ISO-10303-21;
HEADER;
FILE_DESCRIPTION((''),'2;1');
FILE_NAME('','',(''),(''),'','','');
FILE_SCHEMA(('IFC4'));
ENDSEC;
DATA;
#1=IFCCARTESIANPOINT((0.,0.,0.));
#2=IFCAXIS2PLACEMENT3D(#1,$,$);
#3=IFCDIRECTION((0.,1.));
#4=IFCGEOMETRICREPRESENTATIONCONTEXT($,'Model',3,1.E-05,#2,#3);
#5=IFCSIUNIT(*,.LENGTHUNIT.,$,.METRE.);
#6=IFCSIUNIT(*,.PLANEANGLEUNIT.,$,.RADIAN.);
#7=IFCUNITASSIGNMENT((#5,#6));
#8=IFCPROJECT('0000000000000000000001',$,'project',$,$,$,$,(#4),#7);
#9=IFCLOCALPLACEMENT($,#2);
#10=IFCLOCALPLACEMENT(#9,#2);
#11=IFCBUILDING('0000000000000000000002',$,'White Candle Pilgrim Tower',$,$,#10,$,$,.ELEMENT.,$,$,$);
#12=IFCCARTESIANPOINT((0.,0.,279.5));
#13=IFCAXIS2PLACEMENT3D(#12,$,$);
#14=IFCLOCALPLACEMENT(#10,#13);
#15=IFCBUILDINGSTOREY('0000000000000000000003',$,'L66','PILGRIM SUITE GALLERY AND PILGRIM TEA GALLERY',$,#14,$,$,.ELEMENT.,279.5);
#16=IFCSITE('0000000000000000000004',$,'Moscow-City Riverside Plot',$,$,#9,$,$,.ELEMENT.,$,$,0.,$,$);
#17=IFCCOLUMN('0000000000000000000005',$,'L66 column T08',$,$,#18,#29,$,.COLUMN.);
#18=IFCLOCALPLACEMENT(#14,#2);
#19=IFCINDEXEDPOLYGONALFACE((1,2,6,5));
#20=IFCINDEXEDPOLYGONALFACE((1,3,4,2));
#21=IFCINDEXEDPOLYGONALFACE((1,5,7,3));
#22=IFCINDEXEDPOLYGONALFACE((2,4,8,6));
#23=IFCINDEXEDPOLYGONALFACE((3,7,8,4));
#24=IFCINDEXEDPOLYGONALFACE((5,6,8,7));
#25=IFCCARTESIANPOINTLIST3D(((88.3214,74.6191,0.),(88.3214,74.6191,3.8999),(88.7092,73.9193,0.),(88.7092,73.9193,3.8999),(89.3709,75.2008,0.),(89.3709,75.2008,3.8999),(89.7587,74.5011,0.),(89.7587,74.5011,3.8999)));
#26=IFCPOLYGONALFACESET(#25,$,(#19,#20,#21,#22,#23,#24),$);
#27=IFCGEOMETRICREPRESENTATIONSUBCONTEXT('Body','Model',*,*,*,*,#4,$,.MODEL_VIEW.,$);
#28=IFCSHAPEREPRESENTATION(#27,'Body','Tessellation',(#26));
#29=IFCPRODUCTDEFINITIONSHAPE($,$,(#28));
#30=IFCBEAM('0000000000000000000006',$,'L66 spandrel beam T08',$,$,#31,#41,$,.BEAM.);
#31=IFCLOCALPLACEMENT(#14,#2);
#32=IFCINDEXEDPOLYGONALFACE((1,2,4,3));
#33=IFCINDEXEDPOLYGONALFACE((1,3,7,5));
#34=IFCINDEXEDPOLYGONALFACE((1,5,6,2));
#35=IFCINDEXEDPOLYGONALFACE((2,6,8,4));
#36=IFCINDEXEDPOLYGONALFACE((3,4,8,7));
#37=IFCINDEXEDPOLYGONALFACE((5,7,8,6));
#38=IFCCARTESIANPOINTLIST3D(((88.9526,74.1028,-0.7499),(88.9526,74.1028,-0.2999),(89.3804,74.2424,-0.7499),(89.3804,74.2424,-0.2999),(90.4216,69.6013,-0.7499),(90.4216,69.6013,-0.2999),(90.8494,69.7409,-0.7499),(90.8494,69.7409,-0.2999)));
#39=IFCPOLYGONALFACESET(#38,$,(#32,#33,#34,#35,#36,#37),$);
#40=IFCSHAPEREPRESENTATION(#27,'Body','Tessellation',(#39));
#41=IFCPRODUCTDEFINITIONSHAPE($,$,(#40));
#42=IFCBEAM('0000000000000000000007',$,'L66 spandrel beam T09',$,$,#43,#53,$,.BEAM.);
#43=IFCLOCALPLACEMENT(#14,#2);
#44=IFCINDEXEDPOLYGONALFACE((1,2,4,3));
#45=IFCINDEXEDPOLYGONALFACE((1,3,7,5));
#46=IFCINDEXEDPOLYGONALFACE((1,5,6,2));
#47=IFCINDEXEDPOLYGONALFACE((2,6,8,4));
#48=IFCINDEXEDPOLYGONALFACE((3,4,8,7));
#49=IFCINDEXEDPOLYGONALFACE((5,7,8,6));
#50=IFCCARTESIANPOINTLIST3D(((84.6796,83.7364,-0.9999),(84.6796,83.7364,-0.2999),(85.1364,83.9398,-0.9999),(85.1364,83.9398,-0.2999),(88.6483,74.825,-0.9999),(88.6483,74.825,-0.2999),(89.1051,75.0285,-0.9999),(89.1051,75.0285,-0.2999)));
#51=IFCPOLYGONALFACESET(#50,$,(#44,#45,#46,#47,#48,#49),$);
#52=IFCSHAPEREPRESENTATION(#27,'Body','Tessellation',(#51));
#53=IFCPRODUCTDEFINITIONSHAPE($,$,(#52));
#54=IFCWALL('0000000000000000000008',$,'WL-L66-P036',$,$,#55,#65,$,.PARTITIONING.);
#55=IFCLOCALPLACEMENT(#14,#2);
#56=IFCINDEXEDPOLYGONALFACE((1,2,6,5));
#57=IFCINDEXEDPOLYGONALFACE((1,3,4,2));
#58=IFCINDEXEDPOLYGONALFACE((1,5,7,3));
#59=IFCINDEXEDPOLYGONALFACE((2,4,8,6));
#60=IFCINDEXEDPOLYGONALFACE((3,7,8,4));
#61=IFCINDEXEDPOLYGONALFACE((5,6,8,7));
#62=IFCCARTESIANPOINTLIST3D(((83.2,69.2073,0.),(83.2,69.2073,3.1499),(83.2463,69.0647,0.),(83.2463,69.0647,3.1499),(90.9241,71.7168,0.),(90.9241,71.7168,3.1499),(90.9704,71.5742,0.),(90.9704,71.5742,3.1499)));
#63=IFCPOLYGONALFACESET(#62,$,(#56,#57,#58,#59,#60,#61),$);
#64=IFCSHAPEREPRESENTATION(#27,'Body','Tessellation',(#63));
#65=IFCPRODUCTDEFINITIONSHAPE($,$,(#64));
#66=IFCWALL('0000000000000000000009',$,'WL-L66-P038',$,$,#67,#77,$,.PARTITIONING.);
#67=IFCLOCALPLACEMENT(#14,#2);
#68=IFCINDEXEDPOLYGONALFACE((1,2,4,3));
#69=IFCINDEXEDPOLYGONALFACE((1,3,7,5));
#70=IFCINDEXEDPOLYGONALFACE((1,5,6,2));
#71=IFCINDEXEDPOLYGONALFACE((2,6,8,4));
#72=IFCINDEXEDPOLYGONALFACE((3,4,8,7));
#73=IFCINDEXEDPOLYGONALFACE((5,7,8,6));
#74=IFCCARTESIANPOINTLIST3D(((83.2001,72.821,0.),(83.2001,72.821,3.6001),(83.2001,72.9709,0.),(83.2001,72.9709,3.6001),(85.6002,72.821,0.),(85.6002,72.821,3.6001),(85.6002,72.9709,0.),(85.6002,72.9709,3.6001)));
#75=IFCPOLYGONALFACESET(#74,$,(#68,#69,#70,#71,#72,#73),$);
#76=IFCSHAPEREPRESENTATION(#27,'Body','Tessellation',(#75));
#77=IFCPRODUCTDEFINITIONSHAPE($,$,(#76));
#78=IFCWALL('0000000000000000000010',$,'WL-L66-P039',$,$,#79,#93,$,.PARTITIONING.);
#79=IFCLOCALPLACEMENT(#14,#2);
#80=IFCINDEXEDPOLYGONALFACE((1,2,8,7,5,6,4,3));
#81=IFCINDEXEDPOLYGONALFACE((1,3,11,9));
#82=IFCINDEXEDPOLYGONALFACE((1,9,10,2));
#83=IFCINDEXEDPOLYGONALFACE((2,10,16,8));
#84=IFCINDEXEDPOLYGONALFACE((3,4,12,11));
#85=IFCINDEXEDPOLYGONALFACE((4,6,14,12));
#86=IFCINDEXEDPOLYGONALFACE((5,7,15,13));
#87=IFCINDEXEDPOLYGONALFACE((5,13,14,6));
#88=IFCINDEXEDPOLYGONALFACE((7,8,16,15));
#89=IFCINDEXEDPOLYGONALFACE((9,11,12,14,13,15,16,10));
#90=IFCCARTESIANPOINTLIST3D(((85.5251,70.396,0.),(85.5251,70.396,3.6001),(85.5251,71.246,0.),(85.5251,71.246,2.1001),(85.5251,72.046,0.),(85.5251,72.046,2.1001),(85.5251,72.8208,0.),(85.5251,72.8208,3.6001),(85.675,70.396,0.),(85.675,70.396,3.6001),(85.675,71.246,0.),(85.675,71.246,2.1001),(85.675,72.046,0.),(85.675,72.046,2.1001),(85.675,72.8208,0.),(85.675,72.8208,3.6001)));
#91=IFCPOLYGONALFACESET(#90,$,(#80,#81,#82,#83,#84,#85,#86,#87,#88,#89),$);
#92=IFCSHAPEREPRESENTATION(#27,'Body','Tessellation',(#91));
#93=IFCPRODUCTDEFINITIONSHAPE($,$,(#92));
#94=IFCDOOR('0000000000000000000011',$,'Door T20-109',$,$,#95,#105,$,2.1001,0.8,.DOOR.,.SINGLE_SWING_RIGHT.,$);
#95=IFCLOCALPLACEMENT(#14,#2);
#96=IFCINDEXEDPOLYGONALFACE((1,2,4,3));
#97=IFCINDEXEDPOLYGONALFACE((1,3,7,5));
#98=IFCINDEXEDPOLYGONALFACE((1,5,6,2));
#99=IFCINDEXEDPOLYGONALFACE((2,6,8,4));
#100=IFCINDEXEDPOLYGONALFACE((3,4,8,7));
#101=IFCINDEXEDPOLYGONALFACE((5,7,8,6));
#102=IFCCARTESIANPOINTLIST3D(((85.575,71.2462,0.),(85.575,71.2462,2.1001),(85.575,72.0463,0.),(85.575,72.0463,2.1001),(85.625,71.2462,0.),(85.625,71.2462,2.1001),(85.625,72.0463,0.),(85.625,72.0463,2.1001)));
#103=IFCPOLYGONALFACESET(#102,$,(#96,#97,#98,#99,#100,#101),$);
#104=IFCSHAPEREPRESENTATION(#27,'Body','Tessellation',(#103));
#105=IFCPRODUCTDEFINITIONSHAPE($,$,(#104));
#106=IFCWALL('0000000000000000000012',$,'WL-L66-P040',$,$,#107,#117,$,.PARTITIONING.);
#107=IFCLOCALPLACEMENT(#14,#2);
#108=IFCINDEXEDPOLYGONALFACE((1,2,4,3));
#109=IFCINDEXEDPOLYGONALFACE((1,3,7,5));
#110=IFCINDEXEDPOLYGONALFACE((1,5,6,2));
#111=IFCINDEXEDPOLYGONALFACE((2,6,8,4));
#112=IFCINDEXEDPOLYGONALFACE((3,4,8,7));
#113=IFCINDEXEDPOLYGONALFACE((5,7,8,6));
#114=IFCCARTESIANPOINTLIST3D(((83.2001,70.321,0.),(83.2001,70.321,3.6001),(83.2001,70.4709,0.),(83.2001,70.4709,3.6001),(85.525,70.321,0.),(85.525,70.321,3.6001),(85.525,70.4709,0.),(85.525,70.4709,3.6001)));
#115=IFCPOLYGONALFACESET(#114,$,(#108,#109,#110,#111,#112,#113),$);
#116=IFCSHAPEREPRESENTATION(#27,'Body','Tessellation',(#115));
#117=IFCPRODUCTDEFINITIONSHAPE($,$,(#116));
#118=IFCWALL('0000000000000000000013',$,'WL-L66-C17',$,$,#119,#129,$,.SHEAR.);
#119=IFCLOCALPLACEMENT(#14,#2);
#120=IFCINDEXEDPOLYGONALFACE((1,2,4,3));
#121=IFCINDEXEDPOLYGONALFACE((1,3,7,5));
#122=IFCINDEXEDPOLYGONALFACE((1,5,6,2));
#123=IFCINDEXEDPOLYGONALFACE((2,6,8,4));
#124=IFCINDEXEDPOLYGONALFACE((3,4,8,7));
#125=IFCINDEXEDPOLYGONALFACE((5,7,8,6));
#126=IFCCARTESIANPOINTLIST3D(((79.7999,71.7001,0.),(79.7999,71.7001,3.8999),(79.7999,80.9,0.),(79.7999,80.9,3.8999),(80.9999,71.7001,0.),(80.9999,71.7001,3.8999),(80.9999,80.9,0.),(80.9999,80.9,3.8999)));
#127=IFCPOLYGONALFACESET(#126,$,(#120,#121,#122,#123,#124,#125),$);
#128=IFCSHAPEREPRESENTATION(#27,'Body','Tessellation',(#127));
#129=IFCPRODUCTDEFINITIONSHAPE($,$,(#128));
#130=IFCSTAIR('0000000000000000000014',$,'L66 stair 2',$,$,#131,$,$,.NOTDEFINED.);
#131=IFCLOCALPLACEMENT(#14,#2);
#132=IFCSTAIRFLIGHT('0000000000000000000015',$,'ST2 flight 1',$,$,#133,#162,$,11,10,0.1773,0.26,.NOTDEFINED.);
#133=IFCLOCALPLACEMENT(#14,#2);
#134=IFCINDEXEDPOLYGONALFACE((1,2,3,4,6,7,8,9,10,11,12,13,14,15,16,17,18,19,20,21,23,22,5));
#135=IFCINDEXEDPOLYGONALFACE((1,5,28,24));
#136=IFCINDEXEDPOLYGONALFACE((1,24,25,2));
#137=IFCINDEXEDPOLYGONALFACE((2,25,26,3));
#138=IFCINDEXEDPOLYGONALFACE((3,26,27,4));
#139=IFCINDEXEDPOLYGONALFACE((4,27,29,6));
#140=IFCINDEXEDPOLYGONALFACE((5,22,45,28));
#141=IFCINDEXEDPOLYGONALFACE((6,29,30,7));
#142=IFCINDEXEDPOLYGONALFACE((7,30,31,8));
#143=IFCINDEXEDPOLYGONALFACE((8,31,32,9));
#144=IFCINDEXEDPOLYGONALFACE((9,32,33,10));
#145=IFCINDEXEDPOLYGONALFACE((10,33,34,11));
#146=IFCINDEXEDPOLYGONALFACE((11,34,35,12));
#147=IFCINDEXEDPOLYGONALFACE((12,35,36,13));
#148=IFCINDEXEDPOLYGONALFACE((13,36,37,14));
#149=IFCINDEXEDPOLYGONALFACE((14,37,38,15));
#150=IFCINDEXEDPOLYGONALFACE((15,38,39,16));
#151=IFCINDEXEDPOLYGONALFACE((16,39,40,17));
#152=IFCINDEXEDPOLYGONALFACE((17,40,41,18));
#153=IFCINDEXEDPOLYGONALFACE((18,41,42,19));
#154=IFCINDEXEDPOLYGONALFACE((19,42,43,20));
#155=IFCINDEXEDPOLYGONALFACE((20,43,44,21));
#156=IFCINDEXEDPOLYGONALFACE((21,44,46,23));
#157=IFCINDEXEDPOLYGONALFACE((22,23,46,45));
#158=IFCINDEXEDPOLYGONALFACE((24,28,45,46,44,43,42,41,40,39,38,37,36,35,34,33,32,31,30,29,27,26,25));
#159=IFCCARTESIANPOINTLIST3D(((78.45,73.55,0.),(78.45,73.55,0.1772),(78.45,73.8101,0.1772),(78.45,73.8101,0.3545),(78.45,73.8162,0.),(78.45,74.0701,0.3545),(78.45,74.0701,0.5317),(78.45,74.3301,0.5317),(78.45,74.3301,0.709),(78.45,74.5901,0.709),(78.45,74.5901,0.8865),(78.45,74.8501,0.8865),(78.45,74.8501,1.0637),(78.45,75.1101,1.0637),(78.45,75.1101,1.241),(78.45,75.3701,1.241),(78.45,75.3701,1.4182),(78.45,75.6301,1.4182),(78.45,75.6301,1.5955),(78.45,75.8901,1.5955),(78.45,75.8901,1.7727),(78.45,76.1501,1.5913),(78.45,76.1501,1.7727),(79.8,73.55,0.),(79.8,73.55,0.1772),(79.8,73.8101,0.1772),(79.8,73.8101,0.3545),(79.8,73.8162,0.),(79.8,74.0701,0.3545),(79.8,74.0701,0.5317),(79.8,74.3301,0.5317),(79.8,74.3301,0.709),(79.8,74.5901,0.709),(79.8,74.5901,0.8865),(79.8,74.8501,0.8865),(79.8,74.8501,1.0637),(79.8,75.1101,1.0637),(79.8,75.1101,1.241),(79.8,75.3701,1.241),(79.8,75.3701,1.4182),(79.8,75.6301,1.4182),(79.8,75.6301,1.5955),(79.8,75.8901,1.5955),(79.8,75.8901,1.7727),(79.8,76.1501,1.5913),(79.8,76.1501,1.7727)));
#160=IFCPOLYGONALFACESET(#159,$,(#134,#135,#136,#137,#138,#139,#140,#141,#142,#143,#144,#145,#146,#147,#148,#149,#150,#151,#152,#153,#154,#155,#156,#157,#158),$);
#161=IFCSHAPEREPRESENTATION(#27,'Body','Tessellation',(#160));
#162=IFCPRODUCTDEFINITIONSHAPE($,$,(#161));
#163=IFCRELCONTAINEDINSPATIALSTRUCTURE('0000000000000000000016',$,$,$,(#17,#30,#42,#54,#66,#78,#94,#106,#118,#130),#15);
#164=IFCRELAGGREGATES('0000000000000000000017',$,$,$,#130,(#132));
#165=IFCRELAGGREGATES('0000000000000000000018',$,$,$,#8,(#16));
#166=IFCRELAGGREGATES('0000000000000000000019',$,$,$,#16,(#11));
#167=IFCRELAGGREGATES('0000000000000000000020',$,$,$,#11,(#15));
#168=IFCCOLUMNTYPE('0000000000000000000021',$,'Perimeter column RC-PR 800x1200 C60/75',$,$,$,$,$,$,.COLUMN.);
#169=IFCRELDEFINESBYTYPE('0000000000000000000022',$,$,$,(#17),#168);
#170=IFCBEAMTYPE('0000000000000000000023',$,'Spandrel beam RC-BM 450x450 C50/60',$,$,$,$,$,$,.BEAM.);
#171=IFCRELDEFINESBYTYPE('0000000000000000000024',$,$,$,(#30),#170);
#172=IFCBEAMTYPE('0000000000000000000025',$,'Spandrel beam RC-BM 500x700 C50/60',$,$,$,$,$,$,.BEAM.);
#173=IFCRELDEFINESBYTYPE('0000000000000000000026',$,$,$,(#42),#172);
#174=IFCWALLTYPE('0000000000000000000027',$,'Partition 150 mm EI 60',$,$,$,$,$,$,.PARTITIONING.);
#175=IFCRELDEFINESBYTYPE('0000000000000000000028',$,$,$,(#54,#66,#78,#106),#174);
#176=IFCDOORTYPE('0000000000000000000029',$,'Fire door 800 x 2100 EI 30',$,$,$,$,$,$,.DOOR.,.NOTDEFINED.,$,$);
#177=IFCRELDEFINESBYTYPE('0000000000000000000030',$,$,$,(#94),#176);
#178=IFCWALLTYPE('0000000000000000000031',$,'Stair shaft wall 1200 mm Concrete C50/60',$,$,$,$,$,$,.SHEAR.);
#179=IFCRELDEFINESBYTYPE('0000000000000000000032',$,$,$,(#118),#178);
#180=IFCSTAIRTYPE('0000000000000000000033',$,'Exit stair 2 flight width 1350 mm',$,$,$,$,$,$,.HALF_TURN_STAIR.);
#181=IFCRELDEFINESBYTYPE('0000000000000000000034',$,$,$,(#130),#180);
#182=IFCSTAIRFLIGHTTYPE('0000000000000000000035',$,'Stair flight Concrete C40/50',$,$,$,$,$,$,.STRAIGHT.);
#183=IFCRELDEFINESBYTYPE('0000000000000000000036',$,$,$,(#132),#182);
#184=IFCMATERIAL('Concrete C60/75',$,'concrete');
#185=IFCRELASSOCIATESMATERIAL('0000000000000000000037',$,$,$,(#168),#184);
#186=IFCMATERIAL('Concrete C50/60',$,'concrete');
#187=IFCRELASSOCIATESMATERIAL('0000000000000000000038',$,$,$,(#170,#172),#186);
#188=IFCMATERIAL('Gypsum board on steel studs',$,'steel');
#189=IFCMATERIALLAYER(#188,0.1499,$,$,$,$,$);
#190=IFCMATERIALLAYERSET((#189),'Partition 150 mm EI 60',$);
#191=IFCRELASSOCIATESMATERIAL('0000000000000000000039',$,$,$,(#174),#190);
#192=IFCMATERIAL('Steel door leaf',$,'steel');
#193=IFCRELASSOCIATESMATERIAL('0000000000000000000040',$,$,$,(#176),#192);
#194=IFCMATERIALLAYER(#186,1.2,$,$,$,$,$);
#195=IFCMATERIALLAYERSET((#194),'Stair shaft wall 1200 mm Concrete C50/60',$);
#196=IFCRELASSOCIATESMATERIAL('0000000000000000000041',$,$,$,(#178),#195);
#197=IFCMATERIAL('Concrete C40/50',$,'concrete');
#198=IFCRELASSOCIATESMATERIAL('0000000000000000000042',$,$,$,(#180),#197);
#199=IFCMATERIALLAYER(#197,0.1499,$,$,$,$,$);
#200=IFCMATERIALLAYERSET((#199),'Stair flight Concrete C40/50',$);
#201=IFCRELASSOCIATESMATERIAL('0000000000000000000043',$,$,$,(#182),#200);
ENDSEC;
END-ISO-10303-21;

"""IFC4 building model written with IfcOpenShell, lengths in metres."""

from ifc_helpers import new_model, si_unit, direction, frame, frame_2d, origin, origin_2d, place, context, subcontext, project, spatial, polyline, rectangle, outline, extrude, material, layer, layer_set, material_profile, profile_set, type_object, element, fill, aggregate, save


model = new_model("IFC4")

# Units and contexts
model_context = context("Model", 3, precision=1e-05, world=origin(), true_north=direction((0.0, 1.0)))
body_context = subcontext(model_context, "Body", "Model", "MODEL_VIEW")
ifc_project = project(units=[si_unit("LENGTHUNIT", "METRE"), si_unit("PLANEANGLEUNIT", "RADIAN")], contexts=[model_context])

# Site, building, storey
site_placement = place(None, origin())
site = spatial("IfcSite", under=ifc_project, at=site_placement, Name="Moscow-City Riverside Plot", CompositionType="ELEMENT", RefElevation=0.0)
building_placement = place(site_placement, origin())
building = spatial("IfcBuilding", under=site, at=building_placement, Name="White Candle Pilgrim Tower", CompositionType="ELEMENT")
storey_placement = place(building_placement, frame((0.0, 0.0, 279.5)))
storey = spatial("IfcBuildingStorey", under=building, at=storey_placement, Name="L66", Description="PILGRIM SUITE GALLERY AND PILGRIM TEA GALLERY", CompositionType="ELEMENT", Elevation=279.5)

# Column
ifc_material_1 = material(Name="Concrete C60/75", Category="concrete")
ifc_material_profile_1 = material_profile(ifc_material_1, rectangle(XDim=0.8, YDim=1.2, at=origin_2d()), Name="RC-PR 800x1200")
ifc_profile_set_1 = profile_set([ifc_material_profile_1], Name="Concrete C60/75")
column_type = type_object("IfcColumnType", Name="Perimeter column RC-PR 800x1200 C60/75", PredefinedType="COLUMN", material=ifc_profile_set_1)
column_placement = place(storey_placement, frame((89.04, 74.5601, 0.0), z_axis=(0.0, 0.0, 1.0), x_axis=(0.48481, -0.87462, 0.0)))
element("IfcColumn", 1, at=column_placement, inside=storey, type_object=column_type, Name="L66 column T08", PredefinedType="COLUMN", context=body_context, shape_type="SweptSolid", body=[
    extrude(rectangle(XDim=0.8, YDim=1.2, at=origin_2d()), origin(), (0.0, 0.0, 1.0), 3.8999),
])

# Beams
ifc_material_2 = material(Name="Concrete C50/60", Category="concrete")
ifc_material_profile_2 = material_profile(ifc_material_2, rectangle(XDim=0.45, YDim=0.45, at=origin_2d()), Name="RC-BM 450x450")
ifc_profile_set_2 = profile_set([ifc_material_profile_2], Name="Concrete C50/60")
beam_type_1 = type_object("IfcBeamType", Name="Spandrel beam RC-BM 450x450 C50/60", PredefinedType="BEAM", material=ifc_profile_set_2)
beam_1_placement = place(storey_placement, frame((90.6355, 69.6711, -0.5249), z_axis=(-0.310235, 0.95066, 0.0), x_axis=(-0.95066, -0.310235, 0.0)))
element("IfcBeam", 2, at=beam_1_placement, inside=storey, type_object=beam_type_1, Name="L66 spandrel beam T08", PredefinedType="BEAM", context=body_context, shape_type="SweptSolid", body=[
    extrude(rectangle(XDim=0.45, YDim=0.45, at=origin_2d()), origin(), (0.0, 0.0, 1.0), 4.7351),
])
ifc_material_profile_3 = material_profile(ifc_material_2, rectangle(XDim=0.5, YDim=0.7, at=origin_2d()), Name="RC-BM 500x700")
ifc_profile_set_3 = profile_set([ifc_material_profile_3], Name="Concrete C50/60")
beam_type_2 = type_object("IfcBeamType", Name="Spandrel beam RC-BM 500x700 C50/60", PredefinedType="BEAM", material=ifc_profile_set_3)
beam_2_placement = place(storey_placement, frame((88.8767, 74.9268, -0.6499), z_axis=(-0.406835, 0.913502, 0.0), x_axis=(-0.913502, -0.406835, 0.0)))
element("IfcBeam", 3, at=beam_2_placement, inside=storey, type_object=beam_type_2, Name="L66 spandrel beam T09", PredefinedType="BEAM", context=body_context, shape_type="SweptSolid", body=[
    extrude(rectangle(XDim=0.5, YDim=0.7, at=origin_2d()), origin(), (0.0, 0.0, 1.0), 9.7551),
])

# Walls
ifc_material_3 = material(Name="Gypsum board on steel studs", Category="steel")
ifc_layer_1 = layer(ifc_material_3, 0.1499)
ifc_layer_set_1 = layer_set([ifc_layer_1], Name="Partition 150 mm EI 60")
wall_type_1 = type_object("IfcWallType", Name="Partition 150 mm EI 60", PredefinedType="PARTITIONING", material=ifc_layer_set_1)
wall_1_placement = place(storey_placement, frame((90.9473, 71.6455, 0.0), z_axis=(0.0, 0.0, 1.0), x_axis=(-0.951064, -0.308995, 0.0)))
element("IfcWall", 4, at=wall_1_placement, inside=storey, type_object=wall_type_1, Name="WL-L66-P036", PredefinedType="PARTITIONING", context=body_context, shape_type="SweptSolid", body=[
    extrude(rectangle(XDim=8.1216, YDim=0.1499, at=frame_2d((4.0608, 0.0))), origin(), (0.0, 0.0, 1.0), 3.1499),
])
wall_2_placement = place(storey_placement, frame((83.2, 72.896, 0.0), z_axis=(0.0, 0.0, 1.0), x_axis=(1.0, 0.0, 0.0)))
element("IfcWall", 5, at=wall_2_placement, inside=storey, type_object=wall_type_1, Name="WL-L66-P038", PredefinedType="PARTITIONING", context=body_context, shape_type="SweptSolid", body=[
    extrude(rectangle(XDim=2.4001, YDim=0.1499, at=frame_2d((1.2002, 0.0))), origin(), (0.0, 0.0, 1.0), 3.6001),
])

# Wall, opening, door
wall_3_placement = place(storey_placement, frame((85.6001, 70.396, 0.0), z_axis=(0.0, 0.0, 1.0), x_axis=(0.0, 1.0, 0.0)))
wall_3 = element("IfcWall", 6, at=wall_3_placement, inside=storey, type_object=wall_type_1, Name="WL-L66-P039", PredefinedType="PARTITIONING", context=body_context, shape_type="SweptSolid", body=[
    extrude(rectangle(XDim=2.4248, YDim=0.1499, at=frame_2d((1.2124, 0.0))), origin(), (0.0, 0.0, 1.0), 3.6001),
])
opening_placement = place(wall_3_placement, frame((0.8501, 0.0, 0.0)))
opening = element("IfcOpeningElement", 7, at=opening_placement, cuts=wall_3, PredefinedType="OPENING", context=body_context, shape_type="SweptSolid", body=[
    extrude(rectangle(XDim=0.8, YDim=2.1001, at=frame_2d((0.3999, 1.05))), frame((0.0, 0.085, 0.0), z_axis=(0.0, -1.0, 0.0), x_axis=(1.0, 0.0, 0.0)), (0.0, 0.0, 1.0), 0.1699),
])
ifc_material_4 = material(Name="Steel door leaf", Category="steel")
door_type = type_object("IfcDoorType", Name="Fire door 800 x 2100 EI 30", OperationType="NOTDEFINED", PredefinedType="DOOR", material=ifc_material_4)
door_placement = place(opening_placement, frame((0.8, 0.0, 0.0), z_axis=(0.0, 0.0, 1.0), x_axis=(-1.0, 0.0, 0.0)))
door = element("IfcDoor", 8, at=door_placement, inside=storey, type_object=door_type, Name="Door T20-109", OperationType="SINGLE_SWING_RIGHT", OverallHeight=2.1001, OverallWidth=0.8, PredefinedType="DOOR", context=body_context, shape_type="SweptSolid", body=[
    extrude(rectangle(XDim=0.8, YDim=2.1001, at=frame_2d((0.3999, 1.05))), frame((0.0, 0.0249, 0.0), z_axis=(0.0, -1.0, 0.0), x_axis=(1.0, 0.0, 0.0)), (0.0, 0.0, 1.0), 0.05),
])
fill(opening, door)

# Walls
wall_4_placement = place(storey_placement, frame((83.2, 70.396, 0.0), z_axis=(0.0, 0.0, 1.0), x_axis=(1.0, 0.0, 0.0)))
element("IfcWall", 9, at=wall_4_placement, inside=storey, type_object=wall_type_1, Name="WL-L66-P040", PredefinedType="PARTITIONING", context=body_context, shape_type="SweptSolid", body=[
    extrude(rectangle(XDim=2.325, YDim=0.1499, at=frame_2d((1.1626, 0.0))), origin(), (0.0, 0.0, 1.0), 3.6001),
])
ifc_layer_2 = layer(ifc_material_2, 1.2)
ifc_layer_set_2 = layer_set([ifc_layer_2], Name="Stair shaft wall 1200 mm Concrete C50/60")
wall_type_2 = type_object("IfcWallType", Name="Stair shaft wall 1200 mm Concrete C50/60", PredefinedType="SHEAR", material=ifc_layer_set_2)
wall_5_placement = place(storey_placement, frame((80.3999, 71.7, 0.0), z_axis=(0.0, 0.0, 1.0), x_axis=(0.0, 1.0, 0.0)))
element("IfcWall", 10, at=wall_5_placement, inside=storey, type_object=wall_type_2, Name="WL-L66-C17", PredefinedType="SHEAR", context=body_context, shape_type="SweptSolid", body=[
    extrude(rectangle(XDim=9.2, YDim=1.2, at=frame_2d((4.6001, 0.0))), origin(), (0.0, 0.0, 1.0), 3.8999),
])

# Stair, stair flight
ifc_material_5 = material(Name="Concrete C40/50", Category="concrete")
stair_type = type_object("IfcStairType", Name="Exit stair 2 flight width 1350 mm", PredefinedType="HALF_TURN_STAIR", material=ifc_material_5)
stair_placement = place(storey_placement, origin())
stair = element("IfcStair", 11, at=stair_placement, inside=storey, type_object=stair_type, Name="L66 stair 2", PredefinedType="NOTDEFINED")
ifc_layer_3 = layer(ifc_material_5, 0.1499)
ifc_layer_set_3 = layer_set([ifc_layer_3], Name="Stair flight Concrete C40/50")
stair_flight_type = type_object("IfcStairFlightType", Name="Stair flight Concrete C40/50", PredefinedType="STRAIGHT", material=ifc_layer_set_3)
stair_flight_1_placement = place(storey_placement, frame((79.125, 73.55, 0.0), z_axis=(0.0, 0.0, 1.0), x_axis=(0.0, 1.0, 0.0)))
stair_flight_1 = element("IfcStairFlight", 12, at=stair_flight_1_placement, type_object=stair_flight_type, Name="ST2 flight 1", NumberOfRisers=11, NumberOfTreads=10, PredefinedType="NOTDEFINED", RiserHeight=0.1773, TreadLength=0.26, context=body_context, shape_type="SweptSolid", body=[
    extrude(outline(polyline([(0.0, 0.0), (0.0, 0.1772), (0.26, 0.1772), (0.26, 0.3545), (0.52, 0.3545), (0.52, 0.5317), (0.78, 0.5317), (0.78, 0.709), (1.04, 0.709), (1.04, 0.8865), (1.3, 0.8865), (1.3, 1.0637), (1.5601, 1.0637), (1.5601, 1.241), (1.8201, 1.241), (1.8201, 1.4182), (2.0801, 1.4182), (2.0801, 1.5955), (2.3401, 1.5955), (2.3401, 1.7727), (2.6001, 1.7727), (2.6001, 1.95), (2.6001, 1.5913), (0.2661, 0.0), (0.0, 0.0)])), frame((0.0, 0.675, 0.0), z_axis=(0.0, -1.0, 0.0), x_axis=(1.0, 0.0, 0.0)), (0.0, 0.0, 1.0), 1.3501),
])
aggregate(stair, [stair_flight_1])

save(model, "model.ifc")
